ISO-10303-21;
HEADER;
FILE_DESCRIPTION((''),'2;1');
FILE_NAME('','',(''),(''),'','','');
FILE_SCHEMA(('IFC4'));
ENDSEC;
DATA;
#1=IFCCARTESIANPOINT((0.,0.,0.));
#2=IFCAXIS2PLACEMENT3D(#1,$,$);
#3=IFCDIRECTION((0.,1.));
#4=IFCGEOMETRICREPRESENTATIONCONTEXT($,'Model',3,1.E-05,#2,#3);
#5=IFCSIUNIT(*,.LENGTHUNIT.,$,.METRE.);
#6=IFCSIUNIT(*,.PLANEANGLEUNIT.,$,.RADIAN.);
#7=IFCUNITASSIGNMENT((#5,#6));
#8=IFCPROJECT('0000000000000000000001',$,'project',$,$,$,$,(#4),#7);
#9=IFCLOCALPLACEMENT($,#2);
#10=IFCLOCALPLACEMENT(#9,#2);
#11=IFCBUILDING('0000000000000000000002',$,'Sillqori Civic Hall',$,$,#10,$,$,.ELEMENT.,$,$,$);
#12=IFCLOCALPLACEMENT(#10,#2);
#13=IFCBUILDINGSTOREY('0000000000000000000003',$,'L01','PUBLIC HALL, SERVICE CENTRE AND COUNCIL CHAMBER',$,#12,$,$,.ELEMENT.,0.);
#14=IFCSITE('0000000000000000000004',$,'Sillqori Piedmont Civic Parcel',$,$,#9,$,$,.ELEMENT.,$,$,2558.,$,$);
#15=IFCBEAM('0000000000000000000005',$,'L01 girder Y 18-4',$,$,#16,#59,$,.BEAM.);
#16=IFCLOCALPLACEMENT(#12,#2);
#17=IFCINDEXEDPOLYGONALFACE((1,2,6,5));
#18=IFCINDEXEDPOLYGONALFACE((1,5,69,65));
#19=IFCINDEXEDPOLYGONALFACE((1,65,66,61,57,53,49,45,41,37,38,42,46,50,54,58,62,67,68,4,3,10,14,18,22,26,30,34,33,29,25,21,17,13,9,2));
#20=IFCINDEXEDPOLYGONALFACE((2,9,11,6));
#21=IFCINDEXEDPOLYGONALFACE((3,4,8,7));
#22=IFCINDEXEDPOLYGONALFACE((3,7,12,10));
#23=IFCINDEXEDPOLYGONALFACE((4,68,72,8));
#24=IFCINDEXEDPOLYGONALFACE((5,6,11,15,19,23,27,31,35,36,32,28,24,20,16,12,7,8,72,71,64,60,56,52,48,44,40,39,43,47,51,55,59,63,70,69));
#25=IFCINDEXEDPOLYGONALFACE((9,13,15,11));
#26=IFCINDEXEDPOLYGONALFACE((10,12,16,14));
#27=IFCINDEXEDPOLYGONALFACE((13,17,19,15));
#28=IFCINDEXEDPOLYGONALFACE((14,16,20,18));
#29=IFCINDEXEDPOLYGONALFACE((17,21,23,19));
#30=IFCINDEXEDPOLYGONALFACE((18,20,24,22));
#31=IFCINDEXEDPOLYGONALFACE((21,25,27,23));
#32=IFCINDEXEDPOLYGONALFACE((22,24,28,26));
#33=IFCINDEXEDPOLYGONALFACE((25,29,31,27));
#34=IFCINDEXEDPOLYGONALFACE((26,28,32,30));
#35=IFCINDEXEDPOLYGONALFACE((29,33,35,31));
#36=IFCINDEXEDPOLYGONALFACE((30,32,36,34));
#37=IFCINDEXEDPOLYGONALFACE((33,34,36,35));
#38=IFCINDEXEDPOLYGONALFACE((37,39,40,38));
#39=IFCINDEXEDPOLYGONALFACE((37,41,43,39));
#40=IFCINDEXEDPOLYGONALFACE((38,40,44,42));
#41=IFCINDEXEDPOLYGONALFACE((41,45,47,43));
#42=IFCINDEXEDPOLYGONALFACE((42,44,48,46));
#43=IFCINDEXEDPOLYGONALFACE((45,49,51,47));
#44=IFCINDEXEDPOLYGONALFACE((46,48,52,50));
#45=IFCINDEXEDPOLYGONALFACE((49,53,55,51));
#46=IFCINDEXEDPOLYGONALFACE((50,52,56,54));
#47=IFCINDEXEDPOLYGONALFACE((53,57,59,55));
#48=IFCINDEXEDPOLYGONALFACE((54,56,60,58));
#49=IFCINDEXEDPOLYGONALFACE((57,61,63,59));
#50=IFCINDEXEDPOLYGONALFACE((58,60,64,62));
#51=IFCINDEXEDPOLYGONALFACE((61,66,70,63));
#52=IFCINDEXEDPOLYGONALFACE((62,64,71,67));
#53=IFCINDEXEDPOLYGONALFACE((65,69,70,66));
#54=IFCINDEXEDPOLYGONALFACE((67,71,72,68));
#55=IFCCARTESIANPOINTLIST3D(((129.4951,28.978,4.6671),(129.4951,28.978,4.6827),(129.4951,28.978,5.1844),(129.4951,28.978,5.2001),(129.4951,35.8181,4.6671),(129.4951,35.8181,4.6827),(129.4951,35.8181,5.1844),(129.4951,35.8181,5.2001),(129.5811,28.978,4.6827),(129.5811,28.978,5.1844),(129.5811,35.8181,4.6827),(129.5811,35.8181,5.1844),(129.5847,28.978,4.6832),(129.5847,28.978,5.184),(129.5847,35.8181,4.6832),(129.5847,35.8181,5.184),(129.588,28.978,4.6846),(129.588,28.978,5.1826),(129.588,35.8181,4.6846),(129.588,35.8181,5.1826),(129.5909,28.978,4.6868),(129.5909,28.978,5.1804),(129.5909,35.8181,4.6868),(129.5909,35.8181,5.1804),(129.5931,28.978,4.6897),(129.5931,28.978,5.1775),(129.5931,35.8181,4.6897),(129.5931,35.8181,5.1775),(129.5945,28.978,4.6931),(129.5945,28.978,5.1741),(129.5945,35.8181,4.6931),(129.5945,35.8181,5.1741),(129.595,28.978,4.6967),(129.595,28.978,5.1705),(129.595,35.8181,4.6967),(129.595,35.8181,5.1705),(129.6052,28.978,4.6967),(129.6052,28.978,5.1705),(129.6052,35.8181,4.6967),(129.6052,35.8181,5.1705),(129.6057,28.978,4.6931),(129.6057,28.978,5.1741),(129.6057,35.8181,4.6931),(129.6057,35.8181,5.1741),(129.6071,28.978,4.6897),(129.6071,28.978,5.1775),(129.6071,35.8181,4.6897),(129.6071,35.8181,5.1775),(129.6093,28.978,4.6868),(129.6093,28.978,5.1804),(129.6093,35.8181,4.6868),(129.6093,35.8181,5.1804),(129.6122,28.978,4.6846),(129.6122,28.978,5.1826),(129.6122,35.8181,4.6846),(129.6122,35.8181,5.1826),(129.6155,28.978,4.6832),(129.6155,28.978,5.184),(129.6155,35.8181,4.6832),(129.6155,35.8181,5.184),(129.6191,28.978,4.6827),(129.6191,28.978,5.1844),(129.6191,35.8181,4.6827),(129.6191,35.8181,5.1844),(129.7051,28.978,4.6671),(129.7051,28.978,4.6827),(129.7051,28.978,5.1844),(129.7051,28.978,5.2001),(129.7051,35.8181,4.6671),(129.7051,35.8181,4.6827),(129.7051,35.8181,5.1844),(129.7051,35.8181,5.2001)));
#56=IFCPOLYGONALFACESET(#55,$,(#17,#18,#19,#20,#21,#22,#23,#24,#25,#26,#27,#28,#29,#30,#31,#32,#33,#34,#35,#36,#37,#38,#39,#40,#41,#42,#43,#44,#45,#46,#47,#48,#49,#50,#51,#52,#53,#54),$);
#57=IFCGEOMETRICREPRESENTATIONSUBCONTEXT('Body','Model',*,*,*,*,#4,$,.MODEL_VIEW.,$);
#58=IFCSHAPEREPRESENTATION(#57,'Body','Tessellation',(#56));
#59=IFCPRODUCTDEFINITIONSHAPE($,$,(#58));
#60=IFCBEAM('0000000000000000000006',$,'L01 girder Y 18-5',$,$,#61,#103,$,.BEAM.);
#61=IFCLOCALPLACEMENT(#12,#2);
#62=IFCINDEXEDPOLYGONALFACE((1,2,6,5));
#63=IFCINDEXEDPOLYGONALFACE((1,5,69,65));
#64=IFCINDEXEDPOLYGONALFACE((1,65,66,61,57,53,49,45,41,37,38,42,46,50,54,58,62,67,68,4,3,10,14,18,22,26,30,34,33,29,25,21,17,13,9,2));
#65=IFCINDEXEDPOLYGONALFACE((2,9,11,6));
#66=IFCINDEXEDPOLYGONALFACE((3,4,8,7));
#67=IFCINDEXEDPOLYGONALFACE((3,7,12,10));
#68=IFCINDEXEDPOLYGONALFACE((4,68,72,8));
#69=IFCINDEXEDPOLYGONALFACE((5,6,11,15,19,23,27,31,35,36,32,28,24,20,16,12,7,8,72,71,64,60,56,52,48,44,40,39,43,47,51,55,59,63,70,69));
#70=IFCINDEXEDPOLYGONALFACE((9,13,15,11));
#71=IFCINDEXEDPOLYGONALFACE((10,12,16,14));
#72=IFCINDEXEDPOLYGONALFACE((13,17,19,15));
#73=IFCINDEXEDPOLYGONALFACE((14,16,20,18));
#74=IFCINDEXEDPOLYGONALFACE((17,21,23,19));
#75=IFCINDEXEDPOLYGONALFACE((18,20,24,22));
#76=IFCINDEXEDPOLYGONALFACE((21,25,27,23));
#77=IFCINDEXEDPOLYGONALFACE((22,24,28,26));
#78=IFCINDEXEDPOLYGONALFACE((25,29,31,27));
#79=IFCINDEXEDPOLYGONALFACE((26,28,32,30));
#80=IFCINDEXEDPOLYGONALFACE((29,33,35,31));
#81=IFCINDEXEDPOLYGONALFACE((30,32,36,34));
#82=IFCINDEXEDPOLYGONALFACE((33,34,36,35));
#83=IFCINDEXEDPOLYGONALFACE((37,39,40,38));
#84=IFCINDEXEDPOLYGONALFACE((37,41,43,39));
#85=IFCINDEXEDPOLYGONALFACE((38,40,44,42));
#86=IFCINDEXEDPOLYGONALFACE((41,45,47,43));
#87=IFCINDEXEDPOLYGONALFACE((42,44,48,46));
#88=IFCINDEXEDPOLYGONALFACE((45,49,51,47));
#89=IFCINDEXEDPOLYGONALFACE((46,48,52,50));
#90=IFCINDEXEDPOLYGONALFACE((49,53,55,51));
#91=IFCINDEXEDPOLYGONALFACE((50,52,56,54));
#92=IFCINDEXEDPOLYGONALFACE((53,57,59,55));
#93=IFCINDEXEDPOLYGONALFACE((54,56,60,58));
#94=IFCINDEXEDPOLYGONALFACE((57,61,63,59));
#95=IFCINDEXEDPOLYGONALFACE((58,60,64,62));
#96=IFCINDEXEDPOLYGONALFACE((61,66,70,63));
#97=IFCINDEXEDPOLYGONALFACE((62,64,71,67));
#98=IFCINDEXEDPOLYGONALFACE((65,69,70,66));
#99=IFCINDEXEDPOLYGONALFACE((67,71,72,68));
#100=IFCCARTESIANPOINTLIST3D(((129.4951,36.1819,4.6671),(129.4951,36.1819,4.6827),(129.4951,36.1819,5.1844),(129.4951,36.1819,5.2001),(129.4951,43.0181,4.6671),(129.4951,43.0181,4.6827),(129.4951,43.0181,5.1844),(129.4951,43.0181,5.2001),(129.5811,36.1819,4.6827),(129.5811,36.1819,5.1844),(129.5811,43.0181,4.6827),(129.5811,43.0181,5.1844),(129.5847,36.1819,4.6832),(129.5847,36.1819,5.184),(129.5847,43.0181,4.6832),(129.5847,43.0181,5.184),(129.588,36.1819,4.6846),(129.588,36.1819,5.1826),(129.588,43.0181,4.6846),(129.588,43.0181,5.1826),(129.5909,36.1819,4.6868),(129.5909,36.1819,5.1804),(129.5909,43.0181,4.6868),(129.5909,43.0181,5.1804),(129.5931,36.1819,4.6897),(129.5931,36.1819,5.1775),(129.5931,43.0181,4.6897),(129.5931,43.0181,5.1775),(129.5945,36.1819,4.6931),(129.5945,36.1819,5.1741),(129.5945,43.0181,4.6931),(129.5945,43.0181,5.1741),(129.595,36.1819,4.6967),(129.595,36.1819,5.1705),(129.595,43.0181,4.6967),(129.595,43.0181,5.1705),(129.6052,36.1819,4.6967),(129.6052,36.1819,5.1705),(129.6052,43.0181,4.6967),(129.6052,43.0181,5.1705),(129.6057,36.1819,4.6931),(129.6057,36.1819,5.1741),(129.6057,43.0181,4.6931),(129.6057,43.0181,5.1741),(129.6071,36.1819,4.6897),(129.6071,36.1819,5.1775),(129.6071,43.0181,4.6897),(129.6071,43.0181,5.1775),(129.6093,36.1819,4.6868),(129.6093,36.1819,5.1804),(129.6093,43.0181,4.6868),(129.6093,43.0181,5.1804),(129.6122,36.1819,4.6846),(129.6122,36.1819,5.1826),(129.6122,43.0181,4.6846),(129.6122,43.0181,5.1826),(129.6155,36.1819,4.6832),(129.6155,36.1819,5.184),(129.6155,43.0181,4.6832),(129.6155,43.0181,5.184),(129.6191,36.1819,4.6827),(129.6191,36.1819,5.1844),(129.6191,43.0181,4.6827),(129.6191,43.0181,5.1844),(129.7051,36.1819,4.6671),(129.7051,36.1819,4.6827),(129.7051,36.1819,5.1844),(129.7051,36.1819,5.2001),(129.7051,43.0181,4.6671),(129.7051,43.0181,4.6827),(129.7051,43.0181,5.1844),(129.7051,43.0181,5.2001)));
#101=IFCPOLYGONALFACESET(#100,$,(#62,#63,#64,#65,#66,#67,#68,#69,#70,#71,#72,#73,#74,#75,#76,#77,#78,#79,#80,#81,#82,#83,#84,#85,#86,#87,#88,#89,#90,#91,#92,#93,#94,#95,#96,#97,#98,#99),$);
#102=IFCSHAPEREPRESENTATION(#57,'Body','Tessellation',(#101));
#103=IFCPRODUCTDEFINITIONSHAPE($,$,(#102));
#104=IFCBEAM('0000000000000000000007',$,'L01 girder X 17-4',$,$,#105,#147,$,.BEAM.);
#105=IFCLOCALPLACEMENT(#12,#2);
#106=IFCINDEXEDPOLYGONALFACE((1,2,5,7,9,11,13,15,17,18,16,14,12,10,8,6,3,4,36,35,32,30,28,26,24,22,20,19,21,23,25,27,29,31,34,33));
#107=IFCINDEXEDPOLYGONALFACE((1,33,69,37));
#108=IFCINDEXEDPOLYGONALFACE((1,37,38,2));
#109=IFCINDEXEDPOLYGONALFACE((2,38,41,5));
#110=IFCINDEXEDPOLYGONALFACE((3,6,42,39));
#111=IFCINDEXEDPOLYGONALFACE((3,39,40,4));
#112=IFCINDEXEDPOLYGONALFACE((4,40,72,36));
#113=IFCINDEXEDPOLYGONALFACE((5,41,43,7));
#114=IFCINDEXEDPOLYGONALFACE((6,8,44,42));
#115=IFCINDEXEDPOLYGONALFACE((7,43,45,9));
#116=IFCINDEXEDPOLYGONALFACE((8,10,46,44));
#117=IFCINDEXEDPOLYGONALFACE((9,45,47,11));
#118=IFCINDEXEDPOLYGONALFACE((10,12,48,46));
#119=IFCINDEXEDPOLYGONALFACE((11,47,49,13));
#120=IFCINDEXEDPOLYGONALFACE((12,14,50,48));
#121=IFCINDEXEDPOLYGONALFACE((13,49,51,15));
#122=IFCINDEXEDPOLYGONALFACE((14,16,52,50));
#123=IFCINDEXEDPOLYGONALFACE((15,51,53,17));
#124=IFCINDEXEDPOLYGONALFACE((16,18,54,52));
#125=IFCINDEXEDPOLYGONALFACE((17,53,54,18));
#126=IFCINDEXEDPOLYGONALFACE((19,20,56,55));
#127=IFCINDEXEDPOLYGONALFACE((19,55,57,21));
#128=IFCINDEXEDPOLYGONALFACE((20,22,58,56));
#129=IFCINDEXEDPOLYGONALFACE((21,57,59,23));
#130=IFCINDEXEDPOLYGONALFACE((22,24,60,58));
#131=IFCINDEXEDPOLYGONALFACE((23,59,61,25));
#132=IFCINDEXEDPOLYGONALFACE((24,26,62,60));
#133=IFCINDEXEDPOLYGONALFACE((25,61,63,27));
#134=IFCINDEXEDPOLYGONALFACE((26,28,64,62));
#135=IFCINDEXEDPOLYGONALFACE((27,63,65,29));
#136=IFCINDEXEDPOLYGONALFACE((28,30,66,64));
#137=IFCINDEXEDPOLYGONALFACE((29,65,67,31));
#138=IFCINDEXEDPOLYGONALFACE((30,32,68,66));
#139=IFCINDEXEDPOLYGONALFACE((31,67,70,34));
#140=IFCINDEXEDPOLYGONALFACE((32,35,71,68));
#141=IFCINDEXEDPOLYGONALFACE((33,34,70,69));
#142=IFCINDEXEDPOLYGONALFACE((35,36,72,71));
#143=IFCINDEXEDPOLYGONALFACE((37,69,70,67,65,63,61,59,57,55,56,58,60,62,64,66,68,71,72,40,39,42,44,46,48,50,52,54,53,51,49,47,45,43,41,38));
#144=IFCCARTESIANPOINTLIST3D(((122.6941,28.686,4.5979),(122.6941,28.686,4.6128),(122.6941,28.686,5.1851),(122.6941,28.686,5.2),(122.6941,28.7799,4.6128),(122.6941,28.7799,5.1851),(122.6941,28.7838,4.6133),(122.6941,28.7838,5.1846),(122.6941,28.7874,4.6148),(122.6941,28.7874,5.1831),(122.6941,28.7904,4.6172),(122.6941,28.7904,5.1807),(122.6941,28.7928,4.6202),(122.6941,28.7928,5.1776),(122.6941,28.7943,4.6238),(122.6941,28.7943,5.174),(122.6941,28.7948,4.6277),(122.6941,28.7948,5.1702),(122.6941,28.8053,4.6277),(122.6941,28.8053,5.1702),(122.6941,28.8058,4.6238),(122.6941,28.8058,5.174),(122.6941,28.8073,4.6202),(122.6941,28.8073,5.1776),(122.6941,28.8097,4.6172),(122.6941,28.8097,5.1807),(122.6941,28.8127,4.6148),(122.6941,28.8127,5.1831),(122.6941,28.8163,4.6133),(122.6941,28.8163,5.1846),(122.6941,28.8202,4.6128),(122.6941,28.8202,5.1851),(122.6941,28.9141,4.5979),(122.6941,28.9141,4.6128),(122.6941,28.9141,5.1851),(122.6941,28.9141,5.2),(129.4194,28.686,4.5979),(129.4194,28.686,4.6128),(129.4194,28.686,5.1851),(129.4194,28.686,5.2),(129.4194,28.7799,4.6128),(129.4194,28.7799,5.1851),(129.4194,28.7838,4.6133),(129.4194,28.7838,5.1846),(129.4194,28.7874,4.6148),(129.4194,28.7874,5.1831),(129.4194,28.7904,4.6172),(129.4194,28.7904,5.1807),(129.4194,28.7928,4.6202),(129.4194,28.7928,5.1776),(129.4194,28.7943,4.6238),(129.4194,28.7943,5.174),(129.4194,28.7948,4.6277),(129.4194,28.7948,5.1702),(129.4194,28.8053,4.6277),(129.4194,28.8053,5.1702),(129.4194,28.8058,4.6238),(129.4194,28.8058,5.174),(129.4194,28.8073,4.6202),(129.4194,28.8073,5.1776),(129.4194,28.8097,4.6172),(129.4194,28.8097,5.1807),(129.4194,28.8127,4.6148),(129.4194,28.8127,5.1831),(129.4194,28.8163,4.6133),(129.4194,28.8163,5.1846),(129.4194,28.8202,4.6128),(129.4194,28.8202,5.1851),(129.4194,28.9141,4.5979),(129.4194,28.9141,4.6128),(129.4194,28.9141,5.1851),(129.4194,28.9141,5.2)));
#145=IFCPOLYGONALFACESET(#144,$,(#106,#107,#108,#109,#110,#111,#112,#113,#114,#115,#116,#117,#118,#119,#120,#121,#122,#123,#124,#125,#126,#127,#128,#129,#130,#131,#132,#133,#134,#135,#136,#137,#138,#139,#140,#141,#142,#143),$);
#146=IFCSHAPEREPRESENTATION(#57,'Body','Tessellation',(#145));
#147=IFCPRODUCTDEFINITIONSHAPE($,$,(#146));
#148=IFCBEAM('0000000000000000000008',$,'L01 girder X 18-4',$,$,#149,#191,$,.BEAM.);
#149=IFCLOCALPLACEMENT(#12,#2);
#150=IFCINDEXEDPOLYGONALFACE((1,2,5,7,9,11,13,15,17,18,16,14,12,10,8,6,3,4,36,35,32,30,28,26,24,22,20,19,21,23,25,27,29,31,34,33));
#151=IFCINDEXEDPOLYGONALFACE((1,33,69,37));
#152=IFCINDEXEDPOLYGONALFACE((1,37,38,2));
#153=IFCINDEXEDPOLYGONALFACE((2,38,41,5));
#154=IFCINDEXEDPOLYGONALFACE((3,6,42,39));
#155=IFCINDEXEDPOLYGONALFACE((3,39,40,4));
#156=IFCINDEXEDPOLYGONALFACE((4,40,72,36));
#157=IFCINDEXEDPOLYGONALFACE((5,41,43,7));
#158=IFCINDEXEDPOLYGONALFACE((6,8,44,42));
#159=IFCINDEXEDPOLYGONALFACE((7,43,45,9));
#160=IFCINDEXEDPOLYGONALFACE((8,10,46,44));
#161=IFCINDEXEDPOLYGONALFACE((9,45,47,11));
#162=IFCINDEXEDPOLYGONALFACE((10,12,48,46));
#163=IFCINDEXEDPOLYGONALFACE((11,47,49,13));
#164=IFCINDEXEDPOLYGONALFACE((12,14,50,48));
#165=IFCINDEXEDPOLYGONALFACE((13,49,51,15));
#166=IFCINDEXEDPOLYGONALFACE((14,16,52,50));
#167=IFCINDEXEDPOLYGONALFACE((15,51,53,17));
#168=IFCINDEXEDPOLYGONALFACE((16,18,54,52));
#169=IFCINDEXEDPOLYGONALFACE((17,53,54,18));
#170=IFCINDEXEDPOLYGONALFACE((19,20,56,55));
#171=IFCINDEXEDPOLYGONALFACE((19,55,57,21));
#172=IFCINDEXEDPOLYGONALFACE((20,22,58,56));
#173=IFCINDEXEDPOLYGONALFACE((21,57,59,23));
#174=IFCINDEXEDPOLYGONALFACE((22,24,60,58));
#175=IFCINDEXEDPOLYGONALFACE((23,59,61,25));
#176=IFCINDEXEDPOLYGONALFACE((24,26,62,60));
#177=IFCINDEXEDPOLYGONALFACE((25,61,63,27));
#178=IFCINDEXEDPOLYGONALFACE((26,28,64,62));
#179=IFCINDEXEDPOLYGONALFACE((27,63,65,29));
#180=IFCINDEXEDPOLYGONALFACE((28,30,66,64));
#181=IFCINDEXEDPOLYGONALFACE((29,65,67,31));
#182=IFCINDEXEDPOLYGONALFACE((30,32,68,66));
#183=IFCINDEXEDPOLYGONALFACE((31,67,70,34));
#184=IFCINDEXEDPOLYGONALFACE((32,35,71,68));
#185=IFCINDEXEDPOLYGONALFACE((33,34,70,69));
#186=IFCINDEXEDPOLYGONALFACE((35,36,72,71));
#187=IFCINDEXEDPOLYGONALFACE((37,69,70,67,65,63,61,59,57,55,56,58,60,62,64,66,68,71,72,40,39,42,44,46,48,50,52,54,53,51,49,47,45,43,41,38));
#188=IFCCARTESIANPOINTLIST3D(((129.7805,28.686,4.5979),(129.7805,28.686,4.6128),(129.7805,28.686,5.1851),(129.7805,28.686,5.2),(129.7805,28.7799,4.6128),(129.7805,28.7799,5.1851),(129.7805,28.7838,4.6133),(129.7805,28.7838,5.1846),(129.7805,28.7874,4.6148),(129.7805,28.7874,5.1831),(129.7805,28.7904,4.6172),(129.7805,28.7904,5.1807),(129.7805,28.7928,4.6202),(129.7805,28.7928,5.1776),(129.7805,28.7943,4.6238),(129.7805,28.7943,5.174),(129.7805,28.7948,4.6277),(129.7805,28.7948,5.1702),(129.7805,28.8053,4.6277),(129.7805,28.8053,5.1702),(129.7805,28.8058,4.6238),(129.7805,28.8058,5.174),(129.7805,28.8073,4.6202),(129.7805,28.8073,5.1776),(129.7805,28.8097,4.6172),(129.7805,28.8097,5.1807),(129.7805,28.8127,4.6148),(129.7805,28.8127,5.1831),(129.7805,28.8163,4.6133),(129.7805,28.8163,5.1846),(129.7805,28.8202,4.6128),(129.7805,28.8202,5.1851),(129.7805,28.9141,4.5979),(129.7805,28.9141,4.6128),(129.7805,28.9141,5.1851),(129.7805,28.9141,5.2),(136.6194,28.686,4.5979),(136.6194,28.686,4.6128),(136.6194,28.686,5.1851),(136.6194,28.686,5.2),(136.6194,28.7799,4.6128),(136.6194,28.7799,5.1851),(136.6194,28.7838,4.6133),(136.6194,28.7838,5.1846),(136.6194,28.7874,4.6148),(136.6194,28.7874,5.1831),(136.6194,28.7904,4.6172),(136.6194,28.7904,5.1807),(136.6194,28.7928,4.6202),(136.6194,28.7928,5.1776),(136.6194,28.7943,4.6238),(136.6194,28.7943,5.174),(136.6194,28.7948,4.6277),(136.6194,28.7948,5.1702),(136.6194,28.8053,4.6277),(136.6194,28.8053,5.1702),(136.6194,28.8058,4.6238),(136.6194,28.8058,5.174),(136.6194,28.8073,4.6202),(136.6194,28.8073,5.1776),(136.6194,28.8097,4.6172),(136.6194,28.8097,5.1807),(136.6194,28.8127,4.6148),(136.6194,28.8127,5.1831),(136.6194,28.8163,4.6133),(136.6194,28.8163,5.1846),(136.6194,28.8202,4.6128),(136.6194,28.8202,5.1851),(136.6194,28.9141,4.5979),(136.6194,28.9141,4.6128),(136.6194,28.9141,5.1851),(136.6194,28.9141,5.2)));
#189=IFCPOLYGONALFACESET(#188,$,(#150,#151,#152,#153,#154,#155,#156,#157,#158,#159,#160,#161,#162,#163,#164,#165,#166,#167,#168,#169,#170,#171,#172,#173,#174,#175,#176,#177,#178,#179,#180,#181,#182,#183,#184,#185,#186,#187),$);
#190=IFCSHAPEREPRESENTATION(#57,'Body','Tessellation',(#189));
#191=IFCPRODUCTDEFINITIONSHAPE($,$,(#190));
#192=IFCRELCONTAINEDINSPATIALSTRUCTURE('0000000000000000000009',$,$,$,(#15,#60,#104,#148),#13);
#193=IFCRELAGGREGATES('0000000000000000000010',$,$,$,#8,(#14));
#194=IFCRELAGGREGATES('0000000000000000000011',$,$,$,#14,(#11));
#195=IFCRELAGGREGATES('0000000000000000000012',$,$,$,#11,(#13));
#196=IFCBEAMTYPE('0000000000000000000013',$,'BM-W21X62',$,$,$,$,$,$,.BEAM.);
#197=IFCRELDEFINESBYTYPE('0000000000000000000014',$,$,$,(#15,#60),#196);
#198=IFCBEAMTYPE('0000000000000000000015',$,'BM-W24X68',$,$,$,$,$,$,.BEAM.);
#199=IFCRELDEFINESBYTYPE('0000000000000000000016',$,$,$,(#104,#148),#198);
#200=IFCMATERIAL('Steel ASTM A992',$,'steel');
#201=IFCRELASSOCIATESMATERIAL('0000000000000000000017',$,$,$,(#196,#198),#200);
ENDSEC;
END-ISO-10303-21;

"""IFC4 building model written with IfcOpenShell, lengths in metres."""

from ifc_helpers import new_model, si_unit, direction, frame, origin, origin_2d, place, context, subcontext, project, spatial, i_section, extrude, material, material_profile, profile_set, type_object, element, save


model = new_model("IFC4")

# Units and contexts
model_context = context("Model", 3, precision=1e-05, world=origin(), true_north=direction((0.0, 1.0)))
body_context = subcontext(model_context, "Body", "Model", "MODEL_VIEW")
ifc_project = project(units=[si_unit("LENGTHUNIT", "METRE"), si_unit("PLANEANGLEUNIT", "RADIAN")], contexts=[model_context])

# Site, building, storey
site_placement = place(None, origin())
site = spatial("IfcSite", under=ifc_project, at=site_placement, Name="Sillqori Piedmont Civic Parcel", CompositionType="ELEMENT", RefElevation=2558.0)
building_placement = place(site_placement, origin())
building = spatial("IfcBuilding", under=site, at=building_placement, Name="Sillqori Civic Hall", CompositionType="ELEMENT")
storey_placement = place(building_placement, origin())
storey = spatial("IfcBuildingStorey", under=building, at=storey_placement, Name="L01", Description="PUBLIC HALL, SERVICE CENTRE AND COUNCIL CHAMBER", CompositionType="ELEMENT", Elevation=0.0)

# Shared definitions
ifc_material_1 = material(Name="Steel ASTM A992", Category="steel")

# Beams
ifc_material_profile_1 = material_profile(ifc_material_1, i_section(OverallWidth=0.21, OverallDepth=0.533, WebThickness=0.0103, FlangeThickness=0.0156, FilletRadius=0.0139, at=origin_2d()), Name="W21X62")
ifc_profile_set_1 = profile_set([ifc_material_profile_1], Name="Steel ASTM A992")
beam_type_1 = type_object("IfcBeamType", Name="BM-W21X62", PredefinedType="BEAM", material=ifc_profile_set_1)
beam_1_placement = place(storey_placement, frame((129.6001, 28.978, 4.9336), z_axis=(0.0, 1.0, 0.0), x_axis=(-1.0, 0.0, 0.0)))
element("IfcBeam", 1, at=beam_1_placement, inside=storey, type_object=beam_type_1, Name="L01 girder Y 18-4", PredefinedType="BEAM", context=body_context, shape_type="SweptSolid", body=[
    extrude(i_section(OverallWidth=0.21, OverallDepth=0.533, WebThickness=0.0103, FlangeThickness=0.0156, FilletRadius=0.0139, at=origin_2d()), origin(), (0.0, 0.0, 1.0), 6.8401),
])
beam_2_placement = place(storey_placement, frame((129.6001, 36.1819, 4.9336), z_axis=(0.0, 1.0, 0.0), x_axis=(-1.0, 0.0, 0.0)))
element("IfcBeam", 2, at=beam_2_placement, inside=storey, type_object=beam_type_1, Name="L01 girder Y 18-5", PredefinedType="BEAM", context=body_context, shape_type="SweptSolid", body=[
    extrude(i_section(OverallWidth=0.21, OverallDepth=0.533, WebThickness=0.0103, FlangeThickness=0.0156, FilletRadius=0.0139, at=origin_2d()), origin(), (0.0, 0.0, 1.0), 6.8362),
])
ifc_material_profile_2 = material_profile(ifc_material_1, i_section(OverallWidth=0.228, OverallDepth=0.6021, WebThickness=0.0105, FlangeThickness=0.0149, FilletRadius=0.0149, at=origin_2d()), Name="W24X68")
ifc_profile_set_2 = profile_set([ifc_material_profile_2], Name="Steel ASTM A992")
beam_type_2 = type_object("IfcBeamType", Name="BM-W24X68", PredefinedType="BEAM", material=ifc_profile_set_2)
beam_3_placement = place(storey_placement, frame((122.6941, 28.8, 4.8989), z_axis=(1.0, 0.0, 0.0), x_axis=(0.0, 1.0, 0.0)))
element("IfcBeam", 3, at=beam_3_placement, inside=storey, type_object=beam_type_2, Name="L01 girder X 17-4", PredefinedType="BEAM", context=body_context, shape_type="SweptSolid", body=[
    extrude(i_section(OverallWidth=0.228, OverallDepth=0.6021, WebThickness=0.0105, FlangeThickness=0.0149, FilletRadius=0.0149, at=origin_2d()), origin(), (0.0, 0.0, 1.0), 6.7253),
])
beam_4_placement = place(storey_placement, frame((129.7805, 28.8, 4.8989), z_axis=(1.0, 0.0, 0.0), x_axis=(0.0, 1.0, 0.0)))
element("IfcBeam", 4, at=beam_4_placement, inside=storey, type_object=beam_type_2, Name="L01 girder X 18-4", PredefinedType="BEAM", context=body_context, shape_type="SweptSolid", body=[
    extrude(i_section(OverallWidth=0.228, OverallDepth=0.6021, WebThickness=0.0105, FlangeThickness=0.0149, FilletRadius=0.0149, at=origin_2d()), origin(), (0.0, 0.0, 1.0), 6.8389),
])

save(model, "model.ifc")
